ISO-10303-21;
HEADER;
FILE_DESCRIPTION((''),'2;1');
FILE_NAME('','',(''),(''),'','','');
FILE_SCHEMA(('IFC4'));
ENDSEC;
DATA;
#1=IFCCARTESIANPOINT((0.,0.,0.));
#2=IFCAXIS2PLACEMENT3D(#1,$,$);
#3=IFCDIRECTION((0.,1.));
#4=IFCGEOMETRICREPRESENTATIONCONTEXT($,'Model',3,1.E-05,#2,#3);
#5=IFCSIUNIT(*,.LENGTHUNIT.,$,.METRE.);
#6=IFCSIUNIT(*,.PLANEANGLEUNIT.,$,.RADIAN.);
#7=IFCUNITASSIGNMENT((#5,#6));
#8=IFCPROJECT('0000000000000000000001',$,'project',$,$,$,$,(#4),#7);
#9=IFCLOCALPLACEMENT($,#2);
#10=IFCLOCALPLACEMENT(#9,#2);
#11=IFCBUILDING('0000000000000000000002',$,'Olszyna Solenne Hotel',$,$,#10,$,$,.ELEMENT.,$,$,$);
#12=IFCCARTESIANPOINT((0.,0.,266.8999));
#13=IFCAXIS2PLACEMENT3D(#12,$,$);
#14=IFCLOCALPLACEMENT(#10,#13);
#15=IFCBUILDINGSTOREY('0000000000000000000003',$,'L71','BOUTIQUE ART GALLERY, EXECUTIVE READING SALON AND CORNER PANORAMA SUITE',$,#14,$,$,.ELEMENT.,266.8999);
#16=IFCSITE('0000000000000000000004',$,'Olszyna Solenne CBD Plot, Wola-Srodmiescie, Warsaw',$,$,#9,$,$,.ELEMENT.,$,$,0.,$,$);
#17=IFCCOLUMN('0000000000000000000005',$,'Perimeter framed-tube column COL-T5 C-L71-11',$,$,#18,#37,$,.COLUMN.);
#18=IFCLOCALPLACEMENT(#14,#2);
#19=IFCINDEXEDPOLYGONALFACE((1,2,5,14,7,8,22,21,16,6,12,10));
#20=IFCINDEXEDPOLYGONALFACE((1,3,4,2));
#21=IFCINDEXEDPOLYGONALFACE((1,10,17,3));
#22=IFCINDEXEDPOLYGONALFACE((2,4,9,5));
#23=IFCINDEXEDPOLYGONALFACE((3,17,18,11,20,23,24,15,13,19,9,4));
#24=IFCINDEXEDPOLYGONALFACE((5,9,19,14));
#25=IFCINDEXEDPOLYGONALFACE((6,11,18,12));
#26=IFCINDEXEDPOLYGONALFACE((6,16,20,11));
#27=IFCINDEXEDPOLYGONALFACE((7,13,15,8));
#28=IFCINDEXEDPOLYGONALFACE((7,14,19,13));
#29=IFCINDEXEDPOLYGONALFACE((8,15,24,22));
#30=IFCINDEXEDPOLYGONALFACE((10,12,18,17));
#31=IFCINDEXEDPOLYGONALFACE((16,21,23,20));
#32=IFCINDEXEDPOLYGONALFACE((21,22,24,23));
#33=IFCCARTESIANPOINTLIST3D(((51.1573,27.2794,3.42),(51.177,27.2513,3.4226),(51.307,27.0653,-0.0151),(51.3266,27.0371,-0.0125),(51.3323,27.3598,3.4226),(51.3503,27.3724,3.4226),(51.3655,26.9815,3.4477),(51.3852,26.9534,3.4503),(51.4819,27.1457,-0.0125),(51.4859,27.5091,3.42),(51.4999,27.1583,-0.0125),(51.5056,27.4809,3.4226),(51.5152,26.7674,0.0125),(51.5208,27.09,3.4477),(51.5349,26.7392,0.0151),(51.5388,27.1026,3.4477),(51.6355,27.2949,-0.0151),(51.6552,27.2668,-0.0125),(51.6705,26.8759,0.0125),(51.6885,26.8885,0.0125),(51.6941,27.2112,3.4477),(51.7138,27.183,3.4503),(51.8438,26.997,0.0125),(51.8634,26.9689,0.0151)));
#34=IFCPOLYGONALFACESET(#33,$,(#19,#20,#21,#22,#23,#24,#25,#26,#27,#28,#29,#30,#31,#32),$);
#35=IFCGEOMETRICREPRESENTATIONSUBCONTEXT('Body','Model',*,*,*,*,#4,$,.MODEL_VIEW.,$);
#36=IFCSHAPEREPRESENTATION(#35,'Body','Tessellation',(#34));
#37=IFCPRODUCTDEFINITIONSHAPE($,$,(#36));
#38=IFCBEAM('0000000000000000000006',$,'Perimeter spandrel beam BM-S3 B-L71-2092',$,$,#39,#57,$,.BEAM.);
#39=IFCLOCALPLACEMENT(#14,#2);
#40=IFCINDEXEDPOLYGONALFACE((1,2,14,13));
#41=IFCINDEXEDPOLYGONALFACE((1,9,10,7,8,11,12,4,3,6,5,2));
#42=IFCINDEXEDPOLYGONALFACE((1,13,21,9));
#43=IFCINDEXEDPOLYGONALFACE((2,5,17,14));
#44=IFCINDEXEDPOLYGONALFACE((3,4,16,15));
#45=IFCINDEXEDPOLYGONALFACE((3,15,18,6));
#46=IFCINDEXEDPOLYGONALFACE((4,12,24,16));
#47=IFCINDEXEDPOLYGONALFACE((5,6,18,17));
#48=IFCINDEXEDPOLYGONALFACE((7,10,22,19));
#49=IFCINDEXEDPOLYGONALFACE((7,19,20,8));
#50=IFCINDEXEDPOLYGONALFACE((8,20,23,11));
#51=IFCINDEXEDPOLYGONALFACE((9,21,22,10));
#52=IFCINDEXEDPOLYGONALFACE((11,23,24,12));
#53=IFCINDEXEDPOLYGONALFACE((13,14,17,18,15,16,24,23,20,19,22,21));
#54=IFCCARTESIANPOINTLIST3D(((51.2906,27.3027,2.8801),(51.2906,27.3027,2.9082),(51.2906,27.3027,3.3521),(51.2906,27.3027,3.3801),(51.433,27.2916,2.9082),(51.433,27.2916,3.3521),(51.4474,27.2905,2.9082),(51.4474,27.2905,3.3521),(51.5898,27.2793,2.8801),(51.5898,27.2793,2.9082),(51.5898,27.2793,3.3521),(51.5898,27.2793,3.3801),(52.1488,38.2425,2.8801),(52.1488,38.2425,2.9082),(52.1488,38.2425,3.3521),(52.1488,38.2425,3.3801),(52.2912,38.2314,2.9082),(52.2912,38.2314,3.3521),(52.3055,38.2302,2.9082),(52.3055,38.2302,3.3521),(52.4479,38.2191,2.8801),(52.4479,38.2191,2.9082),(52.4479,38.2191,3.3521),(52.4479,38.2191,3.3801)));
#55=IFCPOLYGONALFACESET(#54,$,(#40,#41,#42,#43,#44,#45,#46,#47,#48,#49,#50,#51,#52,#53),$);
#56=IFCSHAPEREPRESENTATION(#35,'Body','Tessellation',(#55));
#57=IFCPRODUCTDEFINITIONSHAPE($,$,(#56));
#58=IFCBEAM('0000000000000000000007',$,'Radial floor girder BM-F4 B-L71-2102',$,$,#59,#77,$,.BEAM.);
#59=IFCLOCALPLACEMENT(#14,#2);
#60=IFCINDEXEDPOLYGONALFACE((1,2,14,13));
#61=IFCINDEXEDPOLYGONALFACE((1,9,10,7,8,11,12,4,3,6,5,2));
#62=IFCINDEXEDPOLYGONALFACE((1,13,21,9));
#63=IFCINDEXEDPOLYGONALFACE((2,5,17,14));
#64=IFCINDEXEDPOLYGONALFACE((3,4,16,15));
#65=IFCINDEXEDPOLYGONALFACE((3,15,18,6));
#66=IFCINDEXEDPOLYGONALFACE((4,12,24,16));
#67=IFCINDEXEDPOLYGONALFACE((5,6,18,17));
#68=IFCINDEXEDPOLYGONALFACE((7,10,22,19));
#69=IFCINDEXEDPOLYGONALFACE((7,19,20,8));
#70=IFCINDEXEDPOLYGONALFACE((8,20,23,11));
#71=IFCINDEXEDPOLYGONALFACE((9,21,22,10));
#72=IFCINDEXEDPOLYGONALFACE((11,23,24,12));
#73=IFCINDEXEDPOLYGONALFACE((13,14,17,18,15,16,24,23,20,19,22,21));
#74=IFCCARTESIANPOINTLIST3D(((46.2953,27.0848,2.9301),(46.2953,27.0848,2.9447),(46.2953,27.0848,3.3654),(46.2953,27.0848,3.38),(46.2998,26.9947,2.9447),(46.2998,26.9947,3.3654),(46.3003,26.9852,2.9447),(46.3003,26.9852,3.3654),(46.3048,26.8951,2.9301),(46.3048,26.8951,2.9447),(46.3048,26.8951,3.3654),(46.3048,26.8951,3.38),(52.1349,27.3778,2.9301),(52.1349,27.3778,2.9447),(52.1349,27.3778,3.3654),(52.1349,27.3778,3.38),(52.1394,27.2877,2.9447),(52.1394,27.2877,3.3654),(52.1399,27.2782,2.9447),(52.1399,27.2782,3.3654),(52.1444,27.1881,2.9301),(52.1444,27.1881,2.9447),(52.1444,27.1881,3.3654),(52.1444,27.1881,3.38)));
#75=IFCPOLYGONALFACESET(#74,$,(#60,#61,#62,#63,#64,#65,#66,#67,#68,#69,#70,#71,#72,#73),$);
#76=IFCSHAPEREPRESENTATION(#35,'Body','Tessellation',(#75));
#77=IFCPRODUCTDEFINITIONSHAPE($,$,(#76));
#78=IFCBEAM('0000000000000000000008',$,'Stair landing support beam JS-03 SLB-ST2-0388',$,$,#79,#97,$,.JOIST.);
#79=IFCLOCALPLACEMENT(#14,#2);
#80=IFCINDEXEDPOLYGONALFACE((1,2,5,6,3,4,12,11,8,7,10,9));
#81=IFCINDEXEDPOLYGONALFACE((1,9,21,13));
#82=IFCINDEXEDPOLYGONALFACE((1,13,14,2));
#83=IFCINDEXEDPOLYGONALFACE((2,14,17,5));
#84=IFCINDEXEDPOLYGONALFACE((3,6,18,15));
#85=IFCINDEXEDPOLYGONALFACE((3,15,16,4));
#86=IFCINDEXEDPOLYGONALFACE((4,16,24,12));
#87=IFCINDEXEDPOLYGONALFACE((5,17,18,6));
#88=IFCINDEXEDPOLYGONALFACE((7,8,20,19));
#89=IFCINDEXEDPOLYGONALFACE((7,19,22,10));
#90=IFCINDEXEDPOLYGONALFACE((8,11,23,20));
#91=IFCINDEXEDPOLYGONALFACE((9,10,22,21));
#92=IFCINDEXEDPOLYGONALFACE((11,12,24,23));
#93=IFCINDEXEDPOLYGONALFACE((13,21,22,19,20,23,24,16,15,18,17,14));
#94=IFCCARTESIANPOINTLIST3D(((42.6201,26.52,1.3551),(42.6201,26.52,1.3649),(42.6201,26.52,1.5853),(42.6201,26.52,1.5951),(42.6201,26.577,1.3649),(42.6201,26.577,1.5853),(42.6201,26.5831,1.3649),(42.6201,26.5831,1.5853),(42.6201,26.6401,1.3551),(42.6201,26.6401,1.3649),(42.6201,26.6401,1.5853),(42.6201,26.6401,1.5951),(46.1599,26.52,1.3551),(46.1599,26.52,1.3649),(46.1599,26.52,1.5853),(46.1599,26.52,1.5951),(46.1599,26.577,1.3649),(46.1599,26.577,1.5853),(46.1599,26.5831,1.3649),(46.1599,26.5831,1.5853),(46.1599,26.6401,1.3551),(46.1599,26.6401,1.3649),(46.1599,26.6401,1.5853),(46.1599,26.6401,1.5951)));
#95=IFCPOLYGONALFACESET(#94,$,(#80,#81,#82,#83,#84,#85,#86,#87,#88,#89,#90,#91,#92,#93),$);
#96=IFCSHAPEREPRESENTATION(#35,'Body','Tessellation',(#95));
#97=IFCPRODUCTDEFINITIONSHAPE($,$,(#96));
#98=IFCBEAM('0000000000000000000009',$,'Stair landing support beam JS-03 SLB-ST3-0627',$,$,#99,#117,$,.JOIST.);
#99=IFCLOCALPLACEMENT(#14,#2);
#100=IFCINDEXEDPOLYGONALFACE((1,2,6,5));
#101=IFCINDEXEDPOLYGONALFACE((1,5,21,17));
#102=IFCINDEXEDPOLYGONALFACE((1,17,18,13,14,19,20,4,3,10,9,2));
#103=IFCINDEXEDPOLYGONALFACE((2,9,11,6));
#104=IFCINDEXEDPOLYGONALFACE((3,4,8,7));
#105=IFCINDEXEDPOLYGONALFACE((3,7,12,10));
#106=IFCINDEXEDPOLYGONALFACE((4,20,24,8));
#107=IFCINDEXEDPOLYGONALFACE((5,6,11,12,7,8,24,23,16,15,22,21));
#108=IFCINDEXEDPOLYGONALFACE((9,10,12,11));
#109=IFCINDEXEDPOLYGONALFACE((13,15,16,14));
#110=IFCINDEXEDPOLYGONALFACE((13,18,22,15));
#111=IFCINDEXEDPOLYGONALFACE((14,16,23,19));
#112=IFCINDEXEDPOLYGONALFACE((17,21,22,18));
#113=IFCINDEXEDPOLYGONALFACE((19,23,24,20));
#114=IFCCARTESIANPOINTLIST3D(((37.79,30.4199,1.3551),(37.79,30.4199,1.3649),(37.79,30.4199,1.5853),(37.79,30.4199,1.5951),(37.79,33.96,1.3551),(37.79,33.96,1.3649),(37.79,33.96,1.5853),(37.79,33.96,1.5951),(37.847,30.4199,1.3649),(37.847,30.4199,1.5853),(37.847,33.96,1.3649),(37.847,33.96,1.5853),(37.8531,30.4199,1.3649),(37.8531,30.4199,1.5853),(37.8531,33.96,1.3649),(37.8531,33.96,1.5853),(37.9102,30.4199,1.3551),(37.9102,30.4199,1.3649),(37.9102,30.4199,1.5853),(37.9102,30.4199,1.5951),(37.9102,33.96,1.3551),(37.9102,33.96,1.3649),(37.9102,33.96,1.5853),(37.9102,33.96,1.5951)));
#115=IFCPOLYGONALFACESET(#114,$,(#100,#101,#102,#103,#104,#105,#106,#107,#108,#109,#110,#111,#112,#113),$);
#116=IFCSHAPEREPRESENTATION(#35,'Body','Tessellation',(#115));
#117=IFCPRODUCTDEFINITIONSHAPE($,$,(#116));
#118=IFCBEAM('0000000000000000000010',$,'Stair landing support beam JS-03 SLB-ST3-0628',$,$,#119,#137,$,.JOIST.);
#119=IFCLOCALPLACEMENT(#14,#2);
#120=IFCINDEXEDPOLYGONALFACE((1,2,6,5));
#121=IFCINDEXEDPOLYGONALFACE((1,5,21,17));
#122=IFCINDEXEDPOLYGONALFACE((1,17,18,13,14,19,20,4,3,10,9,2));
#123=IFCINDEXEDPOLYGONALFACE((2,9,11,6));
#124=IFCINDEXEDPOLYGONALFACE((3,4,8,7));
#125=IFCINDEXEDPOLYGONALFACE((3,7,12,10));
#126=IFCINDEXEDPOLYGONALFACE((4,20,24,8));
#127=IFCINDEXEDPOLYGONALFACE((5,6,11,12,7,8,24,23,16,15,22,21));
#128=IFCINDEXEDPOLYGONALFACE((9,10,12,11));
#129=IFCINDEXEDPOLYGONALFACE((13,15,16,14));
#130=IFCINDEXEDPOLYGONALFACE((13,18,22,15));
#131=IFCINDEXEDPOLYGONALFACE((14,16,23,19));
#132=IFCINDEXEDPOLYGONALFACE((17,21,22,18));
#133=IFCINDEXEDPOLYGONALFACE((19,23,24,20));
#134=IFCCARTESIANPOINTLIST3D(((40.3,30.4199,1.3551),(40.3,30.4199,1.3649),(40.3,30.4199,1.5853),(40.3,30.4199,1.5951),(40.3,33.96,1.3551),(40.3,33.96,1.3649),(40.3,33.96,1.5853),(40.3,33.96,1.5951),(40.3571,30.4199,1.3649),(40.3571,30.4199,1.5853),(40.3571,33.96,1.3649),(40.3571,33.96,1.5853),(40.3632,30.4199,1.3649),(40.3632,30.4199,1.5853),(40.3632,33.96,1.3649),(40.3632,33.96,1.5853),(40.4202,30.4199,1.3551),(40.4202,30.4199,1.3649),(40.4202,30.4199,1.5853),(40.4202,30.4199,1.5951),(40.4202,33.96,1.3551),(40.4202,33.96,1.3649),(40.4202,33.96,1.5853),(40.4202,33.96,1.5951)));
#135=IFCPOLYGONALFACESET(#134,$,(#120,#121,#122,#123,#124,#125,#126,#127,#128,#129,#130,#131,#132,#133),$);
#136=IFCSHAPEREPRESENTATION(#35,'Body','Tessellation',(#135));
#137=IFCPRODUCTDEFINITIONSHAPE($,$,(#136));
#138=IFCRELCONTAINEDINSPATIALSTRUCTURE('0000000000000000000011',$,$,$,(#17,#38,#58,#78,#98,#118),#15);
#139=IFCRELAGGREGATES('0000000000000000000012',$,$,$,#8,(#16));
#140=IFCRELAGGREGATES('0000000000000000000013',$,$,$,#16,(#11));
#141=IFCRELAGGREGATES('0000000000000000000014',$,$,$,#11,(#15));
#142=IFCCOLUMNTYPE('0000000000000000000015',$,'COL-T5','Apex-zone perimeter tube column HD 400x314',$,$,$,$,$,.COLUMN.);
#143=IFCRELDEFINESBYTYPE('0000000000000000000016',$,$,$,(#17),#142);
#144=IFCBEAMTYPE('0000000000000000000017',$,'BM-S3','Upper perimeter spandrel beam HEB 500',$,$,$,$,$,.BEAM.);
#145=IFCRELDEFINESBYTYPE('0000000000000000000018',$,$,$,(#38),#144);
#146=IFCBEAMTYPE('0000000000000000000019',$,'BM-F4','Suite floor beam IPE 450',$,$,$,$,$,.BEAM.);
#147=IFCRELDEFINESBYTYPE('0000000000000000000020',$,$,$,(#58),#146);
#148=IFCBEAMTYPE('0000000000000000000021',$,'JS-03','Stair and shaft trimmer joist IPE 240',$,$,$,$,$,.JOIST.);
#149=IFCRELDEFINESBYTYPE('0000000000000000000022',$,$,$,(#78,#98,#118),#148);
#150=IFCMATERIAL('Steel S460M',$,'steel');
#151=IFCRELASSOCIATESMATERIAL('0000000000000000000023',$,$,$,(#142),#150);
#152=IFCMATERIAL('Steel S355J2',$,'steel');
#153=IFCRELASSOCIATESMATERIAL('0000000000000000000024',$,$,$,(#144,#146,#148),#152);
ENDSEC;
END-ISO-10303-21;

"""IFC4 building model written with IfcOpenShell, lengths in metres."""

from ifc_helpers import new_model, si_unit, direction, frame, origin, origin_2d, place, context, subcontext, project, spatial, i_section, extrude, source, transform, mapped, material, material_profile, profile_set, type_object, element, save


model = new_model("IFC4")

# Units and contexts
model_context = context("Model", 3, precision=1e-05, world=origin(), true_north=direction((0.0, 1.0)))
body_context = subcontext(model_context, "Body", "Model", "MODEL_VIEW")
ifc_project = project(units=[si_unit("LENGTHUNIT", "METRE"), si_unit("PLANEANGLEUNIT", "RADIAN")], contexts=[model_context])

# Site, building, storey
site_placement = place(None, origin())
site = spatial("IfcSite", under=ifc_project, at=site_placement, Name="Olszyna Solenne CBD Plot, Wola-Srodmiescie, Warsaw", CompositionType="ELEMENT", RefElevation=0.0)
building_placement = place(site_placement, origin())
building = spatial("IfcBuilding", under=site, at=building_placement, Name="Olszyna Solenne Hotel", CompositionType="ELEMENT")
storey_placement = place(building_placement, frame((0.0, 0.0, 266.8999)))
storey = spatial("IfcBuildingStorey", under=building, at=storey_placement, Name="L71", Description="BOUTIQUE ART GALLERY, EXECUTIVE READING SALON AND CORNER PANORAMA SUITE", CompositionType="ELEMENT", Elevation=266.8999)

# Column
ifc_material_1 = material(Name="Steel S460M", Category="steel")
ifc_material_profile_1 = material_profile(ifc_material_1, i_section(OverallWidth=0.4009, OverallDepth=0.3989, WebThickness=0.022, FlangeThickness=0.0344, at=origin_2d()), Name="HD 400x314", Category="load-bearing")
ifc_profile_set_1 = profile_set([ifc_material_profile_1], Name="Steel S460M")
column_type = type_object("IfcColumnType", Name="COL-T5", Description="Apex-zone perimeter tube column HD 400x314", PredefinedType="COLUMN", material=ifc_profile_set_1)
shared_shape_1 = source(origin(), body_context, "Body", "SweptSolid", [
    extrude(i_section(OverallWidth=0.4009, OverallDepth=0.3989, WebThickness=0.022, FlangeThickness=0.0344, at=origin_2d()), origin(), (0.0, 0.0, 1.0), 3.4451),
])
column_placement = place(storey_placement, frame((51.5852, 27.0171, 0.0), z_axis=(-0.043442, 0.062152, 0.997121), x_axis=(-0.819627, -0.572898, 0.0)))
element("IfcColumn", 1, at=column_placement, inside=storey, type_object=column_type, Name="Perimeter framed-tube column COL-T5 C-L71-11", PredefinedType="COLUMN", context=body_context, shape_type="MappedRepresentation", body=[
    mapped(shared_shape_1, transform((0.0, 0.0, 0.0), x_axis=(1.0, 0.0, 0.0), y_axis=(0.0, 1.0, 0.0), z_axis=(0.0, 0.0, 1.0), scale=1.0)),
])

# Beams
ifc_material_2 = material(Name="Steel S355J2", Category="steel")
ifc_material_profile_2 = material_profile(ifc_material_2, i_section(OverallWidth=0.3, OverallDepth=0.5, WebThickness=0.0144, FlangeThickness=0.0281, at=origin_2d()), Name="HEB 500", Category="load-bearing")
ifc_profile_set_2 = profile_set([ifc_material_profile_2], Name="Steel S355J2")
beam_type_1 = type_object("IfcBeamType", Name="BM-S3", Description="Upper perimeter spandrel beam HEB 500", PredefinedType="BEAM", material=ifc_profile_set_2)
shared_shape_2 = source(origin(), body_context, "Body", "SweptSolid", [
    extrude(i_section(OverallWidth=0.3, OverallDepth=0.5, WebThickness=0.0144, FlangeThickness=0.0281, at=origin_2d()), origin(), (0.0, 0.0, 1.0), 10.9734),
])
beam_1_placement = place(storey_placement, frame((51.4402, 27.291, 3.1301), z_axis=(0.078204, 0.996937, 0.0), x_axis=(-0.996937, 0.078204, 0.0)))
element("IfcBeam", 2, at=beam_1_placement, inside=storey, type_object=beam_type_1, Name="Perimeter spandrel beam BM-S3 B-L71-2092", PredefinedType="BEAM", context=body_context, shape_type="MappedRepresentation", body=[
    mapped(shared_shape_2, transform((0.0, 0.0, 0.0), x_axis=(1.0, 0.0, 0.0), y_axis=(0.0, 1.0, 0.0), z_axis=(0.0, 0.0, 1.0), scale=1.0)),
])
ifc_material_profile_3 = material_profile(ifc_material_2, i_section(OverallWidth=0.1899, OverallDepth=0.45, WebThickness=0.0095, FlangeThickness=0.0146, at=origin_2d()), Name="IPE 450", Category="load-bearing")
ifc_profile_set_3 = profile_set([ifc_material_profile_3], Name="Steel S355J2")
beam_type_2 = type_object("IfcBeamType", Name="BM-F4", Description="Suite floor beam IPE 450", PredefinedType="BEAM", material=ifc_profile_set_3)
shared_shape_3 = source(origin(), body_context, "Body", "SweptSolid", [
    extrude(i_section(OverallWidth=0.1899, OverallDepth=0.45, WebThickness=0.0095, FlangeThickness=0.0146, at=origin_2d()), origin(), (0.0, 0.0, 1.0), 5.8469),
])
beam_2_placement = place(storey_placement, frame((52.1396, 27.283, 3.155), z_axis=(-0.998744, -0.050106, 0.0), x_axis=(0.050106, -0.998744, 0.0)))
element("IfcBeam", 3, at=beam_2_placement, inside=storey, type_object=beam_type_2, Name="Radial floor girder BM-F4 B-L71-2102", PredefinedType="BEAM", context=body_context, shape_type="MappedRepresentation", body=[
    mapped(shared_shape_3, transform((0.0, 0.0, 0.0), x_axis=(1.0, 0.0, 0.0), y_axis=(0.0, 1.0, 0.0), z_axis=(0.0, 0.0, 1.0), scale=1.0)),
])
ifc_material_profile_4 = material_profile(ifc_material_2, i_section(OverallWidth=0.1201, OverallDepth=0.24, WebThickness=0.0061, FlangeThickness=0.0098, at=origin_2d()), Name="IPE 240", Category="load-bearing")
ifc_profile_set_4 = profile_set([ifc_material_profile_4], Name="Steel S355J2")
beam_type_3 = type_object("IfcBeamType", Name="JS-03", Description="Stair and shaft trimmer joist IPE 240", PredefinedType="JOIST", material=ifc_profile_set_4)
shared_shape_4 = source(origin(), body_context, "Body", "SweptSolid", [
    extrude(i_section(OverallWidth=0.1201, OverallDepth=0.24, WebThickness=0.0061, FlangeThickness=0.0098, at=origin_2d()), origin(), (0.0, 0.0, 1.0), 3.5398),
])
beam_3_placement = place(storey_placement, frame((46.1599, 26.5801, 1.4751), z_axis=(-1.0, 0.0, 0.0), x_axis=(0.0, -1.0, 0.0)))
element("IfcBeam", 4, at=beam_3_placement, inside=storey, type_object=beam_type_3, Name="Stair landing support beam JS-03 SLB-ST2-0388", PredefinedType="JOIST", context=body_context, shape_type="MappedRepresentation", body=[
    mapped(shared_shape_4, transform((0.0, 0.0, 0.0), x_axis=(1.0, 0.0, 0.0), y_axis=(0.0, 1.0, 0.0), z_axis=(0.0, 0.0, 1.0), scale=1.0)),
])
shared_shape_5 = source(origin(), body_context, "Body", "SweptSolid", [
    extrude(i_section(OverallWidth=0.1201, OverallDepth=0.24, WebThickness=0.0061, FlangeThickness=0.0098, at=origin_2d()), origin(), (0.0, 0.0, 1.0), 3.54),
])
for number, where, z_axis, x_axis, name in (
    (5, (37.8501, 30.4199, 1.4751), (0.0, 1.0, 0.0), (-1.0, 0.0, 0.0), "Stair landing support beam JS-03 SLB-ST3-0627"),
    (6, (40.3601, 30.4199, 1.4751), (0.0, 1.0, 0.0), (-1.0, 0.0, 0.0), "Stair landing support beam JS-03 SLB-ST3-0628"),
):
    element("IfcBeam", number, at=place(storey_placement, frame(where, z_axis=z_axis, x_axis=x_axis)), inside=storey, type_object=beam_type_3, Name=name, PredefinedType="JOIST", context=body_context, shape_type="MappedRepresentation", body=[
        mapped(shared_shape_5, transform((0.0, 0.0, 0.0), x_axis=(1.0, 0.0, 0.0), y_axis=(0.0, 1.0, 0.0), z_axis=(0.0, 0.0, 1.0), scale=1.0)),
    ])

save(model, "model.ifc")
